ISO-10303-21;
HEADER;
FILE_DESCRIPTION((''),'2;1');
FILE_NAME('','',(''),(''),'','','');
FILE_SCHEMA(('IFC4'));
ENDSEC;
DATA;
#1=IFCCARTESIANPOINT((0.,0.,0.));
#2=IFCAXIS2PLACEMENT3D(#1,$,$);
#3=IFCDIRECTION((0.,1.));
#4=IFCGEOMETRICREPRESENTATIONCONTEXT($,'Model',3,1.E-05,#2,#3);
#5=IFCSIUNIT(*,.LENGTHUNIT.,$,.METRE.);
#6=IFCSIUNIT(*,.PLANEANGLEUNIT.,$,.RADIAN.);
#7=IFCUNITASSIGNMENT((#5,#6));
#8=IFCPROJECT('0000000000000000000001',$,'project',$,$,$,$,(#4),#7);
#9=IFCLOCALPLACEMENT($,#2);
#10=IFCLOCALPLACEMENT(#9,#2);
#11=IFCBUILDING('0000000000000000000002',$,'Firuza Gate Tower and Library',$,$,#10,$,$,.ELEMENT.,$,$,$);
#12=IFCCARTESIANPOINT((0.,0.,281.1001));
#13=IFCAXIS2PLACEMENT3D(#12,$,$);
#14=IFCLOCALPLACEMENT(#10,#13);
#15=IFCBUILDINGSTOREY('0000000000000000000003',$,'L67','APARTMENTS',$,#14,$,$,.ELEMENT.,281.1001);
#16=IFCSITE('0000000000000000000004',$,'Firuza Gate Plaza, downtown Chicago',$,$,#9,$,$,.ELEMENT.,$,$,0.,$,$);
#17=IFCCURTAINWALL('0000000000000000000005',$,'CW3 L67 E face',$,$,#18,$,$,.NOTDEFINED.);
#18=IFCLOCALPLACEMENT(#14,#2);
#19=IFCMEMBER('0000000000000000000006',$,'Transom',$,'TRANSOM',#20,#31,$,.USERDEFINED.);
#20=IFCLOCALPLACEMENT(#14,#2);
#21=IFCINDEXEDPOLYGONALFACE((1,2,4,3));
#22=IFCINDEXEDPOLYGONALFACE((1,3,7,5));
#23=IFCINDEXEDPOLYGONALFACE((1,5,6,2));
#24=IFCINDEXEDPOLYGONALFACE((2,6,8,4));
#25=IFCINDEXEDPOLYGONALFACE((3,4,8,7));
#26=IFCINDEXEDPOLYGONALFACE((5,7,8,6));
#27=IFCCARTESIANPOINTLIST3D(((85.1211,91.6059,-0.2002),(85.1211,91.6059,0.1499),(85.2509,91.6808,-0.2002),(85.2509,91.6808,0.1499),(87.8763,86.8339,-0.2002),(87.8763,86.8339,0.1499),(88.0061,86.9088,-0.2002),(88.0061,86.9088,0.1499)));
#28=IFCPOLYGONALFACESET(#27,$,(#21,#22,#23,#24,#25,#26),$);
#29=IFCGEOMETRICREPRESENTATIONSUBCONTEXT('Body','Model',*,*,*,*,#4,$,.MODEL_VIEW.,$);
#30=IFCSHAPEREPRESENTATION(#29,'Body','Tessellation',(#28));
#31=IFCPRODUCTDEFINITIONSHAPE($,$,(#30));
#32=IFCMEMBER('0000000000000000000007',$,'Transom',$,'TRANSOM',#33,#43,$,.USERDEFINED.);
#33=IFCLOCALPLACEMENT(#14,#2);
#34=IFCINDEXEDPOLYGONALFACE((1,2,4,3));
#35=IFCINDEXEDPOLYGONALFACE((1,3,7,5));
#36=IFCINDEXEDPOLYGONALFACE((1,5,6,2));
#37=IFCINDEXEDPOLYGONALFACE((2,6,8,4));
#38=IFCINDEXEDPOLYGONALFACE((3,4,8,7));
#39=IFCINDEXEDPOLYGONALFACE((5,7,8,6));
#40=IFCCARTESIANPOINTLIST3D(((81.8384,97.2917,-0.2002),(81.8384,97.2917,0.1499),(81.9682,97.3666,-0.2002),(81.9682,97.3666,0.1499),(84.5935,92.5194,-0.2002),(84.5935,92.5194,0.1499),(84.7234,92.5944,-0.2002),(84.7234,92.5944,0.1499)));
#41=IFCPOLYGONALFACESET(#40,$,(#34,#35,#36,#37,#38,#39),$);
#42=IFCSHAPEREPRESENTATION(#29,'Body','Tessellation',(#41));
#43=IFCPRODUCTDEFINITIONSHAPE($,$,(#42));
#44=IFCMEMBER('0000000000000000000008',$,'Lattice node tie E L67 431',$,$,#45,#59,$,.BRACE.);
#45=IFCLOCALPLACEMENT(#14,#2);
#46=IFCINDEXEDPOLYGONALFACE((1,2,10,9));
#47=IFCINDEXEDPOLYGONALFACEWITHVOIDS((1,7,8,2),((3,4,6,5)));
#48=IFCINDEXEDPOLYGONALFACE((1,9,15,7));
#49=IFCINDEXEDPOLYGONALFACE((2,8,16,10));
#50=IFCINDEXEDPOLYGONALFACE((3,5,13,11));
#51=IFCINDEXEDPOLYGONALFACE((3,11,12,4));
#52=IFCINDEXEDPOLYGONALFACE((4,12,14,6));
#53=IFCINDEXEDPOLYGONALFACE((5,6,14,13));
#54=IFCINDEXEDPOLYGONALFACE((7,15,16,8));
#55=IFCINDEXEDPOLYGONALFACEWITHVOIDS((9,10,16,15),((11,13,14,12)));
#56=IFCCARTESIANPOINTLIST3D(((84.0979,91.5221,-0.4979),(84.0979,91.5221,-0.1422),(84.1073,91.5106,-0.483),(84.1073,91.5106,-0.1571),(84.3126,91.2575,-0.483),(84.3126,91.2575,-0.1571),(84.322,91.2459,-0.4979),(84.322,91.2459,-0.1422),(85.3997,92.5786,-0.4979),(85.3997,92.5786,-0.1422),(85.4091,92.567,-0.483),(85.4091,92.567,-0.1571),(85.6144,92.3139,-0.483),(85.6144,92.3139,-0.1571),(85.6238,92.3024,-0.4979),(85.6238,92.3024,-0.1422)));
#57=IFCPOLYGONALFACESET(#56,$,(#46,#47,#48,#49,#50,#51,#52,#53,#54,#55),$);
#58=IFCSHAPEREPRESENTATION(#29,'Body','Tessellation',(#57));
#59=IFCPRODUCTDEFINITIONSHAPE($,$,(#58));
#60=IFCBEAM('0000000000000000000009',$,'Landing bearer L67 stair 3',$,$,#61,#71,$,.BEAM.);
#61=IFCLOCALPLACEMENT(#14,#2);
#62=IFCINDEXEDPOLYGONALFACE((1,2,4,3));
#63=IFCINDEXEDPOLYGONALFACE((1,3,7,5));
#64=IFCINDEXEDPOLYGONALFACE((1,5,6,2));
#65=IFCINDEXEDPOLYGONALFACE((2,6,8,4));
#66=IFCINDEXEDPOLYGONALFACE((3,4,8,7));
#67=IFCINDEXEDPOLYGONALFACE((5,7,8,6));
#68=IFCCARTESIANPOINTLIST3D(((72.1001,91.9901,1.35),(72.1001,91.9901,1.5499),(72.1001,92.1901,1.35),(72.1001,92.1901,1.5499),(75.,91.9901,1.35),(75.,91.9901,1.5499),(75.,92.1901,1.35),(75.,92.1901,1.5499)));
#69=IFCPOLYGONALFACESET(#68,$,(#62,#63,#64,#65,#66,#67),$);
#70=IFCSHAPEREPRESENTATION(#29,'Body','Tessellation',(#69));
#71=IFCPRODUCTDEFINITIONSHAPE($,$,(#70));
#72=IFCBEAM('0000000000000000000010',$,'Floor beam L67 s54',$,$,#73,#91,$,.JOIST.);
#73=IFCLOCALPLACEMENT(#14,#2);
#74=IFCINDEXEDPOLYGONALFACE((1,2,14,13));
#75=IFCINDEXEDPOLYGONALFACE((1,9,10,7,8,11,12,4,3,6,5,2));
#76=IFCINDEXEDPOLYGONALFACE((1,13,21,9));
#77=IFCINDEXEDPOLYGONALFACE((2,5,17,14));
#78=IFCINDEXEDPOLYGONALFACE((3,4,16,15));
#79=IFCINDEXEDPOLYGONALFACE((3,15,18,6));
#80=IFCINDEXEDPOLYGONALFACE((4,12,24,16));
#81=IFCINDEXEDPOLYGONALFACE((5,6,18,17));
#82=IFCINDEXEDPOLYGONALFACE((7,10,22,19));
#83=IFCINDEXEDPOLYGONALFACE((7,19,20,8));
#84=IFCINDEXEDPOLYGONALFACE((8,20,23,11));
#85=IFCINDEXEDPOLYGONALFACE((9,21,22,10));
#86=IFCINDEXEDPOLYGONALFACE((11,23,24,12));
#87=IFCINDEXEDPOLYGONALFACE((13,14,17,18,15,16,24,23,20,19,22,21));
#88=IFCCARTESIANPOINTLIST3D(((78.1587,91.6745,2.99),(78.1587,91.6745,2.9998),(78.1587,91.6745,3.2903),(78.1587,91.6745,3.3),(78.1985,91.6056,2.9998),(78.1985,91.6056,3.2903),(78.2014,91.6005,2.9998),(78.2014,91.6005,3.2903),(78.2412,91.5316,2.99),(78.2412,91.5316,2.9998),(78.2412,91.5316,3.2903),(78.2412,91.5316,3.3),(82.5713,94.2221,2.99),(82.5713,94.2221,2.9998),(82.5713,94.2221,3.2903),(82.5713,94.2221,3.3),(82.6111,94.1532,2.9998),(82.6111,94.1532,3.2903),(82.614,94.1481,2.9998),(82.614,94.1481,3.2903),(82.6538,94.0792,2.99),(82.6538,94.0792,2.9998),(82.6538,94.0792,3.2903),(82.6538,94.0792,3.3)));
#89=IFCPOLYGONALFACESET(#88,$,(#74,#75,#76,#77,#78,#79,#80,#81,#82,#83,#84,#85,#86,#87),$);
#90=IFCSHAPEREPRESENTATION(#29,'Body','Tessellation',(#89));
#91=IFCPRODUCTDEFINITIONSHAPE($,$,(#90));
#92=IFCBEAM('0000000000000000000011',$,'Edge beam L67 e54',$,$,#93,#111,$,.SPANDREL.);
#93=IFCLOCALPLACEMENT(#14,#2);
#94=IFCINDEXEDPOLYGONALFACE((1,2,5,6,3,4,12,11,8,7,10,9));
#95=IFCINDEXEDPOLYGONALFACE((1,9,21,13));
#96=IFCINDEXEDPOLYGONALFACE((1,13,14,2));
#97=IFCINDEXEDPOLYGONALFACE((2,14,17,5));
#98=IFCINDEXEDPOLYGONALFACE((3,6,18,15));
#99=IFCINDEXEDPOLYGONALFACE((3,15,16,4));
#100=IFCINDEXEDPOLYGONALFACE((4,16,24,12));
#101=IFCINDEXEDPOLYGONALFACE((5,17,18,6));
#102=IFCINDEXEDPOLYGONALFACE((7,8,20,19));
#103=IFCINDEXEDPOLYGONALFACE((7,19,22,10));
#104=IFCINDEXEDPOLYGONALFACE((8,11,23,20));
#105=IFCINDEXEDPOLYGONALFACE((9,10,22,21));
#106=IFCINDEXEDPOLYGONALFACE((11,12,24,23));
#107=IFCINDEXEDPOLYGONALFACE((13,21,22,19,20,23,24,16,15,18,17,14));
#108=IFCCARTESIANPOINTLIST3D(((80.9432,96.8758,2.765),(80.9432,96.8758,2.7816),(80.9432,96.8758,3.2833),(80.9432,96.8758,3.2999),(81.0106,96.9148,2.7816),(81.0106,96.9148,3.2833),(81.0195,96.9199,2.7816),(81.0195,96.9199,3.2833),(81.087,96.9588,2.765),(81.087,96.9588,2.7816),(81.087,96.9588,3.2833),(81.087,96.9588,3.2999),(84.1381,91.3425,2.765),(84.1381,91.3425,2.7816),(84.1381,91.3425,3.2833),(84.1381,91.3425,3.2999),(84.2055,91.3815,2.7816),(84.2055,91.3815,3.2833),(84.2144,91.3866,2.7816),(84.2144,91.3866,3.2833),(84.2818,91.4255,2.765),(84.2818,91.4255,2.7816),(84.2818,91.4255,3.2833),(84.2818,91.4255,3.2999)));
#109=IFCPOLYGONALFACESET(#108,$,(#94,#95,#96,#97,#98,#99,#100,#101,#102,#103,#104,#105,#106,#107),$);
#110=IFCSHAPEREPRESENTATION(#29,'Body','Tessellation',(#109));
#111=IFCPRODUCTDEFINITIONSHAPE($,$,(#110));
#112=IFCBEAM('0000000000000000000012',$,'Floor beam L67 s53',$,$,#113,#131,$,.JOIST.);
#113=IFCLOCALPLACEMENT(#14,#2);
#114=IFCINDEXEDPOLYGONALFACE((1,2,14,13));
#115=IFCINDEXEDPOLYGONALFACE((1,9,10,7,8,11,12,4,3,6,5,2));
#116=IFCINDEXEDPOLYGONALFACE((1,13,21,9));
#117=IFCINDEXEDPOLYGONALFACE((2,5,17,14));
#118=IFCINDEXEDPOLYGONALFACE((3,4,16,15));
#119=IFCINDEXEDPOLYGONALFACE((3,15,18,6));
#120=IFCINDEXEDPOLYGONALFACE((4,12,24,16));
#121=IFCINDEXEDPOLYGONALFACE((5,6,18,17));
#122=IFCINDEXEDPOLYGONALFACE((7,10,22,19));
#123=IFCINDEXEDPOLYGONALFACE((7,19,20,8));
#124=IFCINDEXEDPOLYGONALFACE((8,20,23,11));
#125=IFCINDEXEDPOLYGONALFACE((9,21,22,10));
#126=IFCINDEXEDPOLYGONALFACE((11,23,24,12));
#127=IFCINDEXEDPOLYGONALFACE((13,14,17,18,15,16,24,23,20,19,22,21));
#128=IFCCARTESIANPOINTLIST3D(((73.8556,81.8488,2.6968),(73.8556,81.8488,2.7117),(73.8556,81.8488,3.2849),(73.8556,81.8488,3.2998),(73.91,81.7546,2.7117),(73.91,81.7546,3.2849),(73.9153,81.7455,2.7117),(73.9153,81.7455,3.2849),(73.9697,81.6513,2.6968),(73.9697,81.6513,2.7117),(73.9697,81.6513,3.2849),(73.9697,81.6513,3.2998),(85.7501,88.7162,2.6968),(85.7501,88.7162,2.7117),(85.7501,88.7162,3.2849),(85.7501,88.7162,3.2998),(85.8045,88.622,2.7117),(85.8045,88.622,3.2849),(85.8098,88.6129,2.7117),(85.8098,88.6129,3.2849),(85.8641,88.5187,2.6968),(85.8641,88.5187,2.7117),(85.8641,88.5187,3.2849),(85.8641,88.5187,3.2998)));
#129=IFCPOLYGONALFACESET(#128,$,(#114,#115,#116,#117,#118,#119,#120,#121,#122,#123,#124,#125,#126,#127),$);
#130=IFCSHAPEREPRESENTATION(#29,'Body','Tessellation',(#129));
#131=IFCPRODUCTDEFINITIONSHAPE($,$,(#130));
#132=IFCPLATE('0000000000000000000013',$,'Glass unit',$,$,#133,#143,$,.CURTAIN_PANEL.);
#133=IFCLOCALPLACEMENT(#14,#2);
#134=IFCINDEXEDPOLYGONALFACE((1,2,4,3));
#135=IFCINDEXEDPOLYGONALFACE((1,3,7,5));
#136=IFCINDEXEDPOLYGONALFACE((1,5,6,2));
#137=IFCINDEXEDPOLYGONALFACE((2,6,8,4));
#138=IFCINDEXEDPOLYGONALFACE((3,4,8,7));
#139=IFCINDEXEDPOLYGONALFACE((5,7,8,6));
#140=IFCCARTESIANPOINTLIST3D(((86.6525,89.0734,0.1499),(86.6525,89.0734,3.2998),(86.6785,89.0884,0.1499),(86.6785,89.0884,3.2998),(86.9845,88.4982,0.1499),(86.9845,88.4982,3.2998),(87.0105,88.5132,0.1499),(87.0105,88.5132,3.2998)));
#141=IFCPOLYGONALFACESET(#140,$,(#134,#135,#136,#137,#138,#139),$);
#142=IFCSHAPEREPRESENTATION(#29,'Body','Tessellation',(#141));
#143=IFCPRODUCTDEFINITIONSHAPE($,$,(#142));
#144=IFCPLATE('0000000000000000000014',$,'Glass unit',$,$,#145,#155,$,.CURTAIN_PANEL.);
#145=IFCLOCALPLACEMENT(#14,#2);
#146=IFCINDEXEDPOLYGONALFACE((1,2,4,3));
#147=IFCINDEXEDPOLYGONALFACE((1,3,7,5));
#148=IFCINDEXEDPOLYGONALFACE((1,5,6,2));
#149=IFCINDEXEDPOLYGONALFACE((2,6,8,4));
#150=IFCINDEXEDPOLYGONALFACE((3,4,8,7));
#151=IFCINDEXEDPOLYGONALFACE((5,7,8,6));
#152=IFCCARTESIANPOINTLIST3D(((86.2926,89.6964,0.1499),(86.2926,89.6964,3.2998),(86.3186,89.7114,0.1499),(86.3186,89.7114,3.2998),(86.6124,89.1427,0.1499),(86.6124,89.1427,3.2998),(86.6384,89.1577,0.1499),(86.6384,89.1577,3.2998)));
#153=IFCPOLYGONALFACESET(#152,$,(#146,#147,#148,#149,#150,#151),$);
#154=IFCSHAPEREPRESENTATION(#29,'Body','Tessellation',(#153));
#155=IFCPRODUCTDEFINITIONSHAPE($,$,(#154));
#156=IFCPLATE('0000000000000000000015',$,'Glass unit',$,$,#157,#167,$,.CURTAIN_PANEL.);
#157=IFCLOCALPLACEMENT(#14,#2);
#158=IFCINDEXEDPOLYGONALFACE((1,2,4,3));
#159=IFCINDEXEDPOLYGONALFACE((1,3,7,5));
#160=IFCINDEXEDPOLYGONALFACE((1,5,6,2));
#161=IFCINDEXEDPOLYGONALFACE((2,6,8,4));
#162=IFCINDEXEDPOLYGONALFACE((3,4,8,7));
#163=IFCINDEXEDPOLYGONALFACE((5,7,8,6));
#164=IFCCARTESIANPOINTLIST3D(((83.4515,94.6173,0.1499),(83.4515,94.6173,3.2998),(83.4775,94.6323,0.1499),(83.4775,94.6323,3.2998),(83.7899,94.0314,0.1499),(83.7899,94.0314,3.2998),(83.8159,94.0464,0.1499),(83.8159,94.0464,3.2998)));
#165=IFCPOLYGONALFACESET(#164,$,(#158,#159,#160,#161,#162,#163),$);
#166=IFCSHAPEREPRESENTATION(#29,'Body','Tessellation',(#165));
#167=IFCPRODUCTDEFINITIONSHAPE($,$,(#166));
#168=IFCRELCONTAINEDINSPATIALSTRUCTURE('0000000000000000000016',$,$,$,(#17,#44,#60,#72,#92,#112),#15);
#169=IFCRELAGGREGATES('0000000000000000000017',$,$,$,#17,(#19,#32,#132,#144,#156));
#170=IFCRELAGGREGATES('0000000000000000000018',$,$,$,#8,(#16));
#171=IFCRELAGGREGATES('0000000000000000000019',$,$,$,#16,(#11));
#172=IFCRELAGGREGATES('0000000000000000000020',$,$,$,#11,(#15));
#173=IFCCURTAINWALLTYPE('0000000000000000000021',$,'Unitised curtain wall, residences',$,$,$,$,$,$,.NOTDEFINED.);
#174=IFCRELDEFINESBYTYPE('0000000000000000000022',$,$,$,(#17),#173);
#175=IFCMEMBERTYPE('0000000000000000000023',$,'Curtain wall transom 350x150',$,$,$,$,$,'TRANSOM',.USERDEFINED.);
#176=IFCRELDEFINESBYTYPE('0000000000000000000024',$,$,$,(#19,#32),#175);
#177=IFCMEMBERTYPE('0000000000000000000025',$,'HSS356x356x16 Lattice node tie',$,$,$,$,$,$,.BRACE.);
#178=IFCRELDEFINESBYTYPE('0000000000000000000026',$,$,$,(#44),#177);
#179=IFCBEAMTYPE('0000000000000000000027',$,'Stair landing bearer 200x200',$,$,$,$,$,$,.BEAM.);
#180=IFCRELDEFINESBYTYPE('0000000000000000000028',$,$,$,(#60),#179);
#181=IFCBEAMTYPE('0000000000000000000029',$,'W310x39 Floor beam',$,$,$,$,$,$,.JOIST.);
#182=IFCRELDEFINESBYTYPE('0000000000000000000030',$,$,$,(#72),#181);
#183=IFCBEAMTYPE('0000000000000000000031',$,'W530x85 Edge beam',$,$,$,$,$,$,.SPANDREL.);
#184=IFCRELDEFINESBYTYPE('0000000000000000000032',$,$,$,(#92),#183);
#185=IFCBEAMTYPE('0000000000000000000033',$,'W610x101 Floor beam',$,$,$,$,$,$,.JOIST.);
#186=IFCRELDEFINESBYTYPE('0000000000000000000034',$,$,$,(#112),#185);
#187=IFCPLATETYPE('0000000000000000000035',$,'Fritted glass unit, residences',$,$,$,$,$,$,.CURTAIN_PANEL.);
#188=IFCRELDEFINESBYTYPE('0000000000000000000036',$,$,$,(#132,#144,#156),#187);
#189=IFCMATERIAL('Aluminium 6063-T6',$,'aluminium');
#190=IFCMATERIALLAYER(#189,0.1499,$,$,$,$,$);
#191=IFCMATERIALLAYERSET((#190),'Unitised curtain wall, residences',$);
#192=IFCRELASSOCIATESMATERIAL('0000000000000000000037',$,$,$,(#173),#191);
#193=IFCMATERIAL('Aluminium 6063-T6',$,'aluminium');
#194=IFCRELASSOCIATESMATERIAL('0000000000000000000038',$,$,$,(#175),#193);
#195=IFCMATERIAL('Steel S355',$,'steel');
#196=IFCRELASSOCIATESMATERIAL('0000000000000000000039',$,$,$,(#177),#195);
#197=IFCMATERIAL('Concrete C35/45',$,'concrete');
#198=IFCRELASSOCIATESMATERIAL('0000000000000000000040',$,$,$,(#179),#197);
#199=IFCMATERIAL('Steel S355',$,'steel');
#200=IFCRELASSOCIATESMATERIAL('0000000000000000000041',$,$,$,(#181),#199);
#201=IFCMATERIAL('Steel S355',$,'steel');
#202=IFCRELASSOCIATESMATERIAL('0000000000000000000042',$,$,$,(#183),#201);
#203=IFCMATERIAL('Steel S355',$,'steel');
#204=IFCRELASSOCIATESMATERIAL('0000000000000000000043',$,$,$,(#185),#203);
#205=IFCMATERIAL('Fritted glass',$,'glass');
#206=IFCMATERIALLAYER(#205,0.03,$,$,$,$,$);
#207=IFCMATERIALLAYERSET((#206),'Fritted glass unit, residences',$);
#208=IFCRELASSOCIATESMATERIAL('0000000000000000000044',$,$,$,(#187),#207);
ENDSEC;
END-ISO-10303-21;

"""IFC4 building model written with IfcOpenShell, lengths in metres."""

from ifc_helpers import new_model, si_unit, direction, frame, origin, origin_2d, place, context, subcontext, project, spatial, polyline, rectangle, hollow_rectangle, i_section, outline, extrude, material, layer, layer_set, material_profile, profile_set, type_object, element, aggregate, save


model = new_model("IFC4")

# Units and contexts
model_context = context("Model", 3, precision=1e-05, world=origin(), true_north=direction((0.0, 1.0)))
body_context = subcontext(model_context, "Body", "Model", "MODEL_VIEW")
ifc_project = project(units=[si_unit("LENGTHUNIT", "METRE"), si_unit("PLANEANGLEUNIT", "RADIAN")], contexts=[model_context])

# Site, building, storey
site_placement = place(None, origin())
site = spatial("IfcSite", under=ifc_project, at=site_placement, Name="Firuza Gate Plaza, downtown Chicago", CompositionType="ELEMENT", RefElevation=0.0)
building_placement = place(site_placement, origin())
building = spatial("IfcBuilding", under=site, at=building_placement, Name="Firuza Gate Tower and Library", CompositionType="ELEMENT")
storey_placement = place(building_placement, frame((0.0, 0.0, 281.1001)))
storey = spatial("IfcBuildingStorey", under=building, at=storey_placement, Name="L67", Description="APARTMENTS", CompositionType="ELEMENT", Elevation=281.1001)

# Curtain wall, members
ifc_material_1 = material(Name="Aluminium 6063-T6", Category="aluminium")
ifc_layer_1 = layer(ifc_material_1, 0.1499)
ifc_layer_set_1 = layer_set([ifc_layer_1], Name="Unitised curtain wall, residences")
curtain_wall_type = type_object("IfcCurtainWallType", Name="Unitised curtain wall, residences", PredefinedType="NOTDEFINED", material=ifc_layer_set_1)
curtain_wall_placement = place(storey_placement, origin())
curtain_wall = element("IfcCurtainWall", 1, at=curtain_wall_placement, inside=storey, type_object=curtain_wall_type, Name="CW3 L67 E face", PredefinedType="NOTDEFINED")
ifc_material_2 = material(Name="Aluminium 6063-T6", Category="aluminium")
ifc_material_profile_1 = material_profile(ifc_material_2, rectangle(XDim=0.1499, YDim=0.3501, at=origin_2d()))
ifc_profile_set_1 = profile_set([ifc_material_profile_1], Name="Aluminium 6063-T6")
member_type_1 = type_object("IfcMemberType", Name="Curtain wall transom 350x150", ElementType="TRANSOM", PredefinedType="USERDEFINED", material=ifc_profile_set_1)
member_1_placement = place(storey_placement, frame((87.9412, 86.8713, -0.0251), z_axis=(-0.500004, 0.866023, 0.0), x_axis=(-0.866023, -0.500004, 0.0)))
member_1 = element("IfcMember", 2, at=member_1_placement, type_object=member_type_1, Name="Transom", ObjectType="TRANSOM", PredefinedType="USERDEFINED", context=body_context, shape_type="SweptSolid", body=[
    extrude(rectangle(XDim=0.1499, YDim=0.3501, at=origin_2d()), origin(), (0.0, 0.0, 1.0), 5.5103),
])
member_2_placement = place(storey_placement, frame((84.6584, 92.5569, -0.0251), z_axis=(-0.499985, 0.866034, 0.0), x_axis=(-0.866034, -0.499985, 0.0)))
member_2 = element("IfcMember", 3, at=member_2_placement, type_object=member_type_1, Name="Transom", ObjectType="TRANSOM", PredefinedType="USERDEFINED", context=body_context, shape_type="SweptSolid", body=[
    extrude(rectangle(XDim=0.1499, YDim=0.3501, at=origin_2d()), origin(), (0.0, 0.0, 1.0), 5.5105),
])

# Member
ifc_material_3 = material(Name="Steel S355", Category="steel")
ifc_material_profile_2 = material_profile(ifc_material_3, hollow_rectangle(XDim=0.3557, YDim=0.3557, WallThickness=0.0149, at=origin_2d()))
ifc_profile_set_2 = profile_set([ifc_material_profile_2], Name="Steel S355")
member_type_2 = type_object("IfcMemberType", Name="HSS356x356x16 Lattice node tie", PredefinedType="BRACE", material=ifc_profile_set_2)
member_3_placement = place(storey_placement, frame((84.21, 91.384, -0.3201), z_axis=(0.776488, 0.630132, 0.0), x_axis=(-0.630132, 0.776488, 0.0)))
element("IfcMember", 4, at=member_3_placement, inside=storey, type_object=member_type_2, Name="Lattice node tie E L67 431", PredefinedType="BRACE", context=body_context, shape_type="SweptSolid", body=[
    extrude(hollow_rectangle(XDim=0.3557, YDim=0.3557, WallThickness=0.0149, at=origin_2d()), origin(), (0.0, 0.0, 1.0), 1.6765),
])

# Beams
ifc_material_4 = material(Name="Concrete C35/45", Category="concrete")
ifc_material_profile_3 = material_profile(ifc_material_4, rectangle(XDim=0.2, YDim=0.2, at=origin_2d()))
ifc_profile_set_3 = profile_set([ifc_material_profile_3], Name="Concrete C35/45")
beam_type_1 = type_object("IfcBeamType", Name="Stair landing bearer 200x200", PredefinedType="BEAM", material=ifc_profile_set_3)
beam_1_placement = place(storey_placement, frame((75.0, 92.0901, 1.45), z_axis=(-1.0, 0.0, 0.0), x_axis=(0.0, -1.0, 0.0)))
element("IfcBeam", 5, at=beam_1_placement, inside=storey, type_object=beam_type_1, Name="Landing bearer L67 stair 3", PredefinedType="BEAM", context=body_context, shape_type="SweptSolid", body=[
    extrude(rectangle(XDim=0.2, YDim=0.2, at=origin_2d()), origin(), (0.0, 0.0, 1.0), 2.8999),
])
ifc_material_5 = material(Name="Steel S355", Category="steel")
ifc_material_profile_4 = material_profile(ifc_material_5, i_section(OverallWidth=0.165, OverallDepth=0.3101, WebThickness=0.0059, FlangeThickness=0.0098, at=origin_2d()))
ifc_profile_set_4 = profile_set([ifc_material_profile_4], Name="Steel S355")
beam_type_2 = type_object("IfcBeamType", Name="W310x39 Floor beam", PredefinedType="JOIST", material=ifc_profile_set_4)
beam_2_placement = place(storey_placement, frame((82.6125, 94.1506, 3.145), z_axis=(-0.866026, -0.499999, 0.0), x_axis=(0.499999, -0.866026, 0.0)))
element("IfcBeam", 6, at=beam_2_placement, inside=storey, type_object=beam_type_2, Name="Floor beam L67 s54", PredefinedType="JOIST", context=body_context, shape_type="SweptSolid", body=[
    extrude(i_section(OverallWidth=0.165, OverallDepth=0.3101, WebThickness=0.0059, FlangeThickness=0.0098, at=origin_2d()), origin(), (0.0, 0.0, 1.0), 5.0952),
])
ifc_material_6 = material(Name="Steel S355", Category="steel")
ifc_material_profile_5 = material_profile(ifc_material_6, i_section(OverallWidth=0.166, OverallDepth=0.5349, WebThickness=0.0103, FlangeThickness=0.0166, at=origin_2d()))
ifc_profile_set_5 = profile_set([ifc_material_profile_5], Name="Steel S355")
beam_type_3 = type_object("IfcBeamType", Name="W530x85 Edge beam", PredefinedType="SPANDREL", material=ifc_profile_set_5)
beam_3_placement = place(storey_placement, frame((84.21, 91.384, 3.0325), z_axis=(-0.500027, 0.86601, 0.0), x_axis=(-0.86601, -0.500027, 0.0)))
element("IfcBeam", 7, at=beam_3_placement, inside=storey, type_object=beam_type_3, Name="Edge beam L67 e54", PredefinedType="SPANDREL", context=body_context, shape_type="SweptSolid", body=[
    extrude(i_section(OverallWidth=0.166, OverallDepth=0.5349, WebThickness=0.0103, FlangeThickness=0.0166, at=origin_2d()), origin(), (0.0, 0.0, 1.0), 6.3894),
])
ifc_material_7 = material(Name="Steel S355", Category="steel")
ifc_material_profile_6 = material_profile(ifc_material_7, i_section(OverallWidth=0.228, OverallDepth=0.603, WebThickness=0.0105, FlangeThickness=0.0149, at=origin_2d()))
ifc_profile_set_6 = profile_set([ifc_material_profile_6], Name="Steel S355")
beam_type_4 = type_object("IfcBeamType", Name="W610x101 Floor beam", PredefinedType="JOIST", material=ifc_profile_set_6)
beam_4_placement = place(storey_placement, frame((85.8071, 88.6174, 2.9983), z_axis=(-0.866022, -0.500007, 0.0), x_axis=(0.500007, -0.866022, 0.0)))
element("IfcBeam", 8, at=beam_4_placement, inside=storey, type_object=beam_type_4, Name="Floor beam L67 s53", PredefinedType="JOIST", context=body_context, shape_type="SweptSolid", body=[
    extrude(i_section(OverallWidth=0.228, OverallDepth=0.603, WebThickness=0.0105, FlangeThickness=0.0149, at=origin_2d()), origin(), (0.0, 0.0, 1.0), 13.7346),
])

# Plates
ifc_material_8 = material(Name="Fritted glass", Category="glass")
ifc_layer_2 = layer(ifc_material_8, 0.03)
ifc_layer_set_2 = layer_set([ifc_layer_2], Name="Fritted glass unit, residences")
plate_type_1 = type_object("IfcPlateType", Name="Fritted glass unit, residences", PredefinedType="CURTAIN_PANEL", material=ifc_layer_set_2)
plate_1_placement = place(storey_placement, frame((87.0105, 88.5132, 0.1499), z_axis=(0.866063, 0.499935, 0.0), x_axis=(-0.499935, 0.866063, 0.0)))
plate_1 = element("IfcPlate", 9, at=plate_1_placement, type_object=plate_type_1, Name="Glass unit", PredefinedType="CURTAIN_PANEL", context=body_context, shape_type="SweptSolid", body=[
    extrude(outline(polyline([(0.0, 0.0), (0.6641, 0.0), (0.6641, 3.1499), (0.0, 3.1499), (0.0, 0.0)])), origin(), (0.0, 0.0, -1.0), 0.03),
])
plate_2_placement = place(storey_placement, frame((86.6384, 89.1577, 0.1499), z_axis=(0.865931, 0.500163, 0.0), x_axis=(-0.500163, 0.865931, 0.0)))
plate_2 = element("IfcPlate", 10, at=plate_2_placement, type_object=plate_type_1, Name="Glass unit", PredefinedType="CURTAIN_PANEL", context=body_context, shape_type="SweptSolid", body=[
    extrude(outline(polyline([(0.0, 0.0), (0.6394, 0.0), (0.6394, 3.1499), (0.0, 3.1499), (0.0, 0.0)])), origin(), (0.0, 0.0, -1.0), 0.03),
])
plate_3_placement = place(storey_placement, frame((83.8159, 94.0464, 0.1499), z_axis=(0.865969, 0.500097, 0.0), x_axis=(-0.500097, 0.865969, 0.0)))
plate_3 = element("IfcPlate", 11, at=plate_3_placement, type_object=plate_type_1, Name="Glass unit", PredefinedType="CURTAIN_PANEL", context=body_context, shape_type="SweptSolid", body=[
    extrude(outline(polyline([(0.0, 0.0), (0.6766, 0.0), (0.6766, 3.1499), (0.0, 3.1499), (0.0, 0.0)])), origin(), (0.0, 0.0, -1.0), 0.03),
])
aggregate(curtain_wall, [member_1, member_2, plate_1, plate_2, plate_3])

save(model, "model.ifc")
